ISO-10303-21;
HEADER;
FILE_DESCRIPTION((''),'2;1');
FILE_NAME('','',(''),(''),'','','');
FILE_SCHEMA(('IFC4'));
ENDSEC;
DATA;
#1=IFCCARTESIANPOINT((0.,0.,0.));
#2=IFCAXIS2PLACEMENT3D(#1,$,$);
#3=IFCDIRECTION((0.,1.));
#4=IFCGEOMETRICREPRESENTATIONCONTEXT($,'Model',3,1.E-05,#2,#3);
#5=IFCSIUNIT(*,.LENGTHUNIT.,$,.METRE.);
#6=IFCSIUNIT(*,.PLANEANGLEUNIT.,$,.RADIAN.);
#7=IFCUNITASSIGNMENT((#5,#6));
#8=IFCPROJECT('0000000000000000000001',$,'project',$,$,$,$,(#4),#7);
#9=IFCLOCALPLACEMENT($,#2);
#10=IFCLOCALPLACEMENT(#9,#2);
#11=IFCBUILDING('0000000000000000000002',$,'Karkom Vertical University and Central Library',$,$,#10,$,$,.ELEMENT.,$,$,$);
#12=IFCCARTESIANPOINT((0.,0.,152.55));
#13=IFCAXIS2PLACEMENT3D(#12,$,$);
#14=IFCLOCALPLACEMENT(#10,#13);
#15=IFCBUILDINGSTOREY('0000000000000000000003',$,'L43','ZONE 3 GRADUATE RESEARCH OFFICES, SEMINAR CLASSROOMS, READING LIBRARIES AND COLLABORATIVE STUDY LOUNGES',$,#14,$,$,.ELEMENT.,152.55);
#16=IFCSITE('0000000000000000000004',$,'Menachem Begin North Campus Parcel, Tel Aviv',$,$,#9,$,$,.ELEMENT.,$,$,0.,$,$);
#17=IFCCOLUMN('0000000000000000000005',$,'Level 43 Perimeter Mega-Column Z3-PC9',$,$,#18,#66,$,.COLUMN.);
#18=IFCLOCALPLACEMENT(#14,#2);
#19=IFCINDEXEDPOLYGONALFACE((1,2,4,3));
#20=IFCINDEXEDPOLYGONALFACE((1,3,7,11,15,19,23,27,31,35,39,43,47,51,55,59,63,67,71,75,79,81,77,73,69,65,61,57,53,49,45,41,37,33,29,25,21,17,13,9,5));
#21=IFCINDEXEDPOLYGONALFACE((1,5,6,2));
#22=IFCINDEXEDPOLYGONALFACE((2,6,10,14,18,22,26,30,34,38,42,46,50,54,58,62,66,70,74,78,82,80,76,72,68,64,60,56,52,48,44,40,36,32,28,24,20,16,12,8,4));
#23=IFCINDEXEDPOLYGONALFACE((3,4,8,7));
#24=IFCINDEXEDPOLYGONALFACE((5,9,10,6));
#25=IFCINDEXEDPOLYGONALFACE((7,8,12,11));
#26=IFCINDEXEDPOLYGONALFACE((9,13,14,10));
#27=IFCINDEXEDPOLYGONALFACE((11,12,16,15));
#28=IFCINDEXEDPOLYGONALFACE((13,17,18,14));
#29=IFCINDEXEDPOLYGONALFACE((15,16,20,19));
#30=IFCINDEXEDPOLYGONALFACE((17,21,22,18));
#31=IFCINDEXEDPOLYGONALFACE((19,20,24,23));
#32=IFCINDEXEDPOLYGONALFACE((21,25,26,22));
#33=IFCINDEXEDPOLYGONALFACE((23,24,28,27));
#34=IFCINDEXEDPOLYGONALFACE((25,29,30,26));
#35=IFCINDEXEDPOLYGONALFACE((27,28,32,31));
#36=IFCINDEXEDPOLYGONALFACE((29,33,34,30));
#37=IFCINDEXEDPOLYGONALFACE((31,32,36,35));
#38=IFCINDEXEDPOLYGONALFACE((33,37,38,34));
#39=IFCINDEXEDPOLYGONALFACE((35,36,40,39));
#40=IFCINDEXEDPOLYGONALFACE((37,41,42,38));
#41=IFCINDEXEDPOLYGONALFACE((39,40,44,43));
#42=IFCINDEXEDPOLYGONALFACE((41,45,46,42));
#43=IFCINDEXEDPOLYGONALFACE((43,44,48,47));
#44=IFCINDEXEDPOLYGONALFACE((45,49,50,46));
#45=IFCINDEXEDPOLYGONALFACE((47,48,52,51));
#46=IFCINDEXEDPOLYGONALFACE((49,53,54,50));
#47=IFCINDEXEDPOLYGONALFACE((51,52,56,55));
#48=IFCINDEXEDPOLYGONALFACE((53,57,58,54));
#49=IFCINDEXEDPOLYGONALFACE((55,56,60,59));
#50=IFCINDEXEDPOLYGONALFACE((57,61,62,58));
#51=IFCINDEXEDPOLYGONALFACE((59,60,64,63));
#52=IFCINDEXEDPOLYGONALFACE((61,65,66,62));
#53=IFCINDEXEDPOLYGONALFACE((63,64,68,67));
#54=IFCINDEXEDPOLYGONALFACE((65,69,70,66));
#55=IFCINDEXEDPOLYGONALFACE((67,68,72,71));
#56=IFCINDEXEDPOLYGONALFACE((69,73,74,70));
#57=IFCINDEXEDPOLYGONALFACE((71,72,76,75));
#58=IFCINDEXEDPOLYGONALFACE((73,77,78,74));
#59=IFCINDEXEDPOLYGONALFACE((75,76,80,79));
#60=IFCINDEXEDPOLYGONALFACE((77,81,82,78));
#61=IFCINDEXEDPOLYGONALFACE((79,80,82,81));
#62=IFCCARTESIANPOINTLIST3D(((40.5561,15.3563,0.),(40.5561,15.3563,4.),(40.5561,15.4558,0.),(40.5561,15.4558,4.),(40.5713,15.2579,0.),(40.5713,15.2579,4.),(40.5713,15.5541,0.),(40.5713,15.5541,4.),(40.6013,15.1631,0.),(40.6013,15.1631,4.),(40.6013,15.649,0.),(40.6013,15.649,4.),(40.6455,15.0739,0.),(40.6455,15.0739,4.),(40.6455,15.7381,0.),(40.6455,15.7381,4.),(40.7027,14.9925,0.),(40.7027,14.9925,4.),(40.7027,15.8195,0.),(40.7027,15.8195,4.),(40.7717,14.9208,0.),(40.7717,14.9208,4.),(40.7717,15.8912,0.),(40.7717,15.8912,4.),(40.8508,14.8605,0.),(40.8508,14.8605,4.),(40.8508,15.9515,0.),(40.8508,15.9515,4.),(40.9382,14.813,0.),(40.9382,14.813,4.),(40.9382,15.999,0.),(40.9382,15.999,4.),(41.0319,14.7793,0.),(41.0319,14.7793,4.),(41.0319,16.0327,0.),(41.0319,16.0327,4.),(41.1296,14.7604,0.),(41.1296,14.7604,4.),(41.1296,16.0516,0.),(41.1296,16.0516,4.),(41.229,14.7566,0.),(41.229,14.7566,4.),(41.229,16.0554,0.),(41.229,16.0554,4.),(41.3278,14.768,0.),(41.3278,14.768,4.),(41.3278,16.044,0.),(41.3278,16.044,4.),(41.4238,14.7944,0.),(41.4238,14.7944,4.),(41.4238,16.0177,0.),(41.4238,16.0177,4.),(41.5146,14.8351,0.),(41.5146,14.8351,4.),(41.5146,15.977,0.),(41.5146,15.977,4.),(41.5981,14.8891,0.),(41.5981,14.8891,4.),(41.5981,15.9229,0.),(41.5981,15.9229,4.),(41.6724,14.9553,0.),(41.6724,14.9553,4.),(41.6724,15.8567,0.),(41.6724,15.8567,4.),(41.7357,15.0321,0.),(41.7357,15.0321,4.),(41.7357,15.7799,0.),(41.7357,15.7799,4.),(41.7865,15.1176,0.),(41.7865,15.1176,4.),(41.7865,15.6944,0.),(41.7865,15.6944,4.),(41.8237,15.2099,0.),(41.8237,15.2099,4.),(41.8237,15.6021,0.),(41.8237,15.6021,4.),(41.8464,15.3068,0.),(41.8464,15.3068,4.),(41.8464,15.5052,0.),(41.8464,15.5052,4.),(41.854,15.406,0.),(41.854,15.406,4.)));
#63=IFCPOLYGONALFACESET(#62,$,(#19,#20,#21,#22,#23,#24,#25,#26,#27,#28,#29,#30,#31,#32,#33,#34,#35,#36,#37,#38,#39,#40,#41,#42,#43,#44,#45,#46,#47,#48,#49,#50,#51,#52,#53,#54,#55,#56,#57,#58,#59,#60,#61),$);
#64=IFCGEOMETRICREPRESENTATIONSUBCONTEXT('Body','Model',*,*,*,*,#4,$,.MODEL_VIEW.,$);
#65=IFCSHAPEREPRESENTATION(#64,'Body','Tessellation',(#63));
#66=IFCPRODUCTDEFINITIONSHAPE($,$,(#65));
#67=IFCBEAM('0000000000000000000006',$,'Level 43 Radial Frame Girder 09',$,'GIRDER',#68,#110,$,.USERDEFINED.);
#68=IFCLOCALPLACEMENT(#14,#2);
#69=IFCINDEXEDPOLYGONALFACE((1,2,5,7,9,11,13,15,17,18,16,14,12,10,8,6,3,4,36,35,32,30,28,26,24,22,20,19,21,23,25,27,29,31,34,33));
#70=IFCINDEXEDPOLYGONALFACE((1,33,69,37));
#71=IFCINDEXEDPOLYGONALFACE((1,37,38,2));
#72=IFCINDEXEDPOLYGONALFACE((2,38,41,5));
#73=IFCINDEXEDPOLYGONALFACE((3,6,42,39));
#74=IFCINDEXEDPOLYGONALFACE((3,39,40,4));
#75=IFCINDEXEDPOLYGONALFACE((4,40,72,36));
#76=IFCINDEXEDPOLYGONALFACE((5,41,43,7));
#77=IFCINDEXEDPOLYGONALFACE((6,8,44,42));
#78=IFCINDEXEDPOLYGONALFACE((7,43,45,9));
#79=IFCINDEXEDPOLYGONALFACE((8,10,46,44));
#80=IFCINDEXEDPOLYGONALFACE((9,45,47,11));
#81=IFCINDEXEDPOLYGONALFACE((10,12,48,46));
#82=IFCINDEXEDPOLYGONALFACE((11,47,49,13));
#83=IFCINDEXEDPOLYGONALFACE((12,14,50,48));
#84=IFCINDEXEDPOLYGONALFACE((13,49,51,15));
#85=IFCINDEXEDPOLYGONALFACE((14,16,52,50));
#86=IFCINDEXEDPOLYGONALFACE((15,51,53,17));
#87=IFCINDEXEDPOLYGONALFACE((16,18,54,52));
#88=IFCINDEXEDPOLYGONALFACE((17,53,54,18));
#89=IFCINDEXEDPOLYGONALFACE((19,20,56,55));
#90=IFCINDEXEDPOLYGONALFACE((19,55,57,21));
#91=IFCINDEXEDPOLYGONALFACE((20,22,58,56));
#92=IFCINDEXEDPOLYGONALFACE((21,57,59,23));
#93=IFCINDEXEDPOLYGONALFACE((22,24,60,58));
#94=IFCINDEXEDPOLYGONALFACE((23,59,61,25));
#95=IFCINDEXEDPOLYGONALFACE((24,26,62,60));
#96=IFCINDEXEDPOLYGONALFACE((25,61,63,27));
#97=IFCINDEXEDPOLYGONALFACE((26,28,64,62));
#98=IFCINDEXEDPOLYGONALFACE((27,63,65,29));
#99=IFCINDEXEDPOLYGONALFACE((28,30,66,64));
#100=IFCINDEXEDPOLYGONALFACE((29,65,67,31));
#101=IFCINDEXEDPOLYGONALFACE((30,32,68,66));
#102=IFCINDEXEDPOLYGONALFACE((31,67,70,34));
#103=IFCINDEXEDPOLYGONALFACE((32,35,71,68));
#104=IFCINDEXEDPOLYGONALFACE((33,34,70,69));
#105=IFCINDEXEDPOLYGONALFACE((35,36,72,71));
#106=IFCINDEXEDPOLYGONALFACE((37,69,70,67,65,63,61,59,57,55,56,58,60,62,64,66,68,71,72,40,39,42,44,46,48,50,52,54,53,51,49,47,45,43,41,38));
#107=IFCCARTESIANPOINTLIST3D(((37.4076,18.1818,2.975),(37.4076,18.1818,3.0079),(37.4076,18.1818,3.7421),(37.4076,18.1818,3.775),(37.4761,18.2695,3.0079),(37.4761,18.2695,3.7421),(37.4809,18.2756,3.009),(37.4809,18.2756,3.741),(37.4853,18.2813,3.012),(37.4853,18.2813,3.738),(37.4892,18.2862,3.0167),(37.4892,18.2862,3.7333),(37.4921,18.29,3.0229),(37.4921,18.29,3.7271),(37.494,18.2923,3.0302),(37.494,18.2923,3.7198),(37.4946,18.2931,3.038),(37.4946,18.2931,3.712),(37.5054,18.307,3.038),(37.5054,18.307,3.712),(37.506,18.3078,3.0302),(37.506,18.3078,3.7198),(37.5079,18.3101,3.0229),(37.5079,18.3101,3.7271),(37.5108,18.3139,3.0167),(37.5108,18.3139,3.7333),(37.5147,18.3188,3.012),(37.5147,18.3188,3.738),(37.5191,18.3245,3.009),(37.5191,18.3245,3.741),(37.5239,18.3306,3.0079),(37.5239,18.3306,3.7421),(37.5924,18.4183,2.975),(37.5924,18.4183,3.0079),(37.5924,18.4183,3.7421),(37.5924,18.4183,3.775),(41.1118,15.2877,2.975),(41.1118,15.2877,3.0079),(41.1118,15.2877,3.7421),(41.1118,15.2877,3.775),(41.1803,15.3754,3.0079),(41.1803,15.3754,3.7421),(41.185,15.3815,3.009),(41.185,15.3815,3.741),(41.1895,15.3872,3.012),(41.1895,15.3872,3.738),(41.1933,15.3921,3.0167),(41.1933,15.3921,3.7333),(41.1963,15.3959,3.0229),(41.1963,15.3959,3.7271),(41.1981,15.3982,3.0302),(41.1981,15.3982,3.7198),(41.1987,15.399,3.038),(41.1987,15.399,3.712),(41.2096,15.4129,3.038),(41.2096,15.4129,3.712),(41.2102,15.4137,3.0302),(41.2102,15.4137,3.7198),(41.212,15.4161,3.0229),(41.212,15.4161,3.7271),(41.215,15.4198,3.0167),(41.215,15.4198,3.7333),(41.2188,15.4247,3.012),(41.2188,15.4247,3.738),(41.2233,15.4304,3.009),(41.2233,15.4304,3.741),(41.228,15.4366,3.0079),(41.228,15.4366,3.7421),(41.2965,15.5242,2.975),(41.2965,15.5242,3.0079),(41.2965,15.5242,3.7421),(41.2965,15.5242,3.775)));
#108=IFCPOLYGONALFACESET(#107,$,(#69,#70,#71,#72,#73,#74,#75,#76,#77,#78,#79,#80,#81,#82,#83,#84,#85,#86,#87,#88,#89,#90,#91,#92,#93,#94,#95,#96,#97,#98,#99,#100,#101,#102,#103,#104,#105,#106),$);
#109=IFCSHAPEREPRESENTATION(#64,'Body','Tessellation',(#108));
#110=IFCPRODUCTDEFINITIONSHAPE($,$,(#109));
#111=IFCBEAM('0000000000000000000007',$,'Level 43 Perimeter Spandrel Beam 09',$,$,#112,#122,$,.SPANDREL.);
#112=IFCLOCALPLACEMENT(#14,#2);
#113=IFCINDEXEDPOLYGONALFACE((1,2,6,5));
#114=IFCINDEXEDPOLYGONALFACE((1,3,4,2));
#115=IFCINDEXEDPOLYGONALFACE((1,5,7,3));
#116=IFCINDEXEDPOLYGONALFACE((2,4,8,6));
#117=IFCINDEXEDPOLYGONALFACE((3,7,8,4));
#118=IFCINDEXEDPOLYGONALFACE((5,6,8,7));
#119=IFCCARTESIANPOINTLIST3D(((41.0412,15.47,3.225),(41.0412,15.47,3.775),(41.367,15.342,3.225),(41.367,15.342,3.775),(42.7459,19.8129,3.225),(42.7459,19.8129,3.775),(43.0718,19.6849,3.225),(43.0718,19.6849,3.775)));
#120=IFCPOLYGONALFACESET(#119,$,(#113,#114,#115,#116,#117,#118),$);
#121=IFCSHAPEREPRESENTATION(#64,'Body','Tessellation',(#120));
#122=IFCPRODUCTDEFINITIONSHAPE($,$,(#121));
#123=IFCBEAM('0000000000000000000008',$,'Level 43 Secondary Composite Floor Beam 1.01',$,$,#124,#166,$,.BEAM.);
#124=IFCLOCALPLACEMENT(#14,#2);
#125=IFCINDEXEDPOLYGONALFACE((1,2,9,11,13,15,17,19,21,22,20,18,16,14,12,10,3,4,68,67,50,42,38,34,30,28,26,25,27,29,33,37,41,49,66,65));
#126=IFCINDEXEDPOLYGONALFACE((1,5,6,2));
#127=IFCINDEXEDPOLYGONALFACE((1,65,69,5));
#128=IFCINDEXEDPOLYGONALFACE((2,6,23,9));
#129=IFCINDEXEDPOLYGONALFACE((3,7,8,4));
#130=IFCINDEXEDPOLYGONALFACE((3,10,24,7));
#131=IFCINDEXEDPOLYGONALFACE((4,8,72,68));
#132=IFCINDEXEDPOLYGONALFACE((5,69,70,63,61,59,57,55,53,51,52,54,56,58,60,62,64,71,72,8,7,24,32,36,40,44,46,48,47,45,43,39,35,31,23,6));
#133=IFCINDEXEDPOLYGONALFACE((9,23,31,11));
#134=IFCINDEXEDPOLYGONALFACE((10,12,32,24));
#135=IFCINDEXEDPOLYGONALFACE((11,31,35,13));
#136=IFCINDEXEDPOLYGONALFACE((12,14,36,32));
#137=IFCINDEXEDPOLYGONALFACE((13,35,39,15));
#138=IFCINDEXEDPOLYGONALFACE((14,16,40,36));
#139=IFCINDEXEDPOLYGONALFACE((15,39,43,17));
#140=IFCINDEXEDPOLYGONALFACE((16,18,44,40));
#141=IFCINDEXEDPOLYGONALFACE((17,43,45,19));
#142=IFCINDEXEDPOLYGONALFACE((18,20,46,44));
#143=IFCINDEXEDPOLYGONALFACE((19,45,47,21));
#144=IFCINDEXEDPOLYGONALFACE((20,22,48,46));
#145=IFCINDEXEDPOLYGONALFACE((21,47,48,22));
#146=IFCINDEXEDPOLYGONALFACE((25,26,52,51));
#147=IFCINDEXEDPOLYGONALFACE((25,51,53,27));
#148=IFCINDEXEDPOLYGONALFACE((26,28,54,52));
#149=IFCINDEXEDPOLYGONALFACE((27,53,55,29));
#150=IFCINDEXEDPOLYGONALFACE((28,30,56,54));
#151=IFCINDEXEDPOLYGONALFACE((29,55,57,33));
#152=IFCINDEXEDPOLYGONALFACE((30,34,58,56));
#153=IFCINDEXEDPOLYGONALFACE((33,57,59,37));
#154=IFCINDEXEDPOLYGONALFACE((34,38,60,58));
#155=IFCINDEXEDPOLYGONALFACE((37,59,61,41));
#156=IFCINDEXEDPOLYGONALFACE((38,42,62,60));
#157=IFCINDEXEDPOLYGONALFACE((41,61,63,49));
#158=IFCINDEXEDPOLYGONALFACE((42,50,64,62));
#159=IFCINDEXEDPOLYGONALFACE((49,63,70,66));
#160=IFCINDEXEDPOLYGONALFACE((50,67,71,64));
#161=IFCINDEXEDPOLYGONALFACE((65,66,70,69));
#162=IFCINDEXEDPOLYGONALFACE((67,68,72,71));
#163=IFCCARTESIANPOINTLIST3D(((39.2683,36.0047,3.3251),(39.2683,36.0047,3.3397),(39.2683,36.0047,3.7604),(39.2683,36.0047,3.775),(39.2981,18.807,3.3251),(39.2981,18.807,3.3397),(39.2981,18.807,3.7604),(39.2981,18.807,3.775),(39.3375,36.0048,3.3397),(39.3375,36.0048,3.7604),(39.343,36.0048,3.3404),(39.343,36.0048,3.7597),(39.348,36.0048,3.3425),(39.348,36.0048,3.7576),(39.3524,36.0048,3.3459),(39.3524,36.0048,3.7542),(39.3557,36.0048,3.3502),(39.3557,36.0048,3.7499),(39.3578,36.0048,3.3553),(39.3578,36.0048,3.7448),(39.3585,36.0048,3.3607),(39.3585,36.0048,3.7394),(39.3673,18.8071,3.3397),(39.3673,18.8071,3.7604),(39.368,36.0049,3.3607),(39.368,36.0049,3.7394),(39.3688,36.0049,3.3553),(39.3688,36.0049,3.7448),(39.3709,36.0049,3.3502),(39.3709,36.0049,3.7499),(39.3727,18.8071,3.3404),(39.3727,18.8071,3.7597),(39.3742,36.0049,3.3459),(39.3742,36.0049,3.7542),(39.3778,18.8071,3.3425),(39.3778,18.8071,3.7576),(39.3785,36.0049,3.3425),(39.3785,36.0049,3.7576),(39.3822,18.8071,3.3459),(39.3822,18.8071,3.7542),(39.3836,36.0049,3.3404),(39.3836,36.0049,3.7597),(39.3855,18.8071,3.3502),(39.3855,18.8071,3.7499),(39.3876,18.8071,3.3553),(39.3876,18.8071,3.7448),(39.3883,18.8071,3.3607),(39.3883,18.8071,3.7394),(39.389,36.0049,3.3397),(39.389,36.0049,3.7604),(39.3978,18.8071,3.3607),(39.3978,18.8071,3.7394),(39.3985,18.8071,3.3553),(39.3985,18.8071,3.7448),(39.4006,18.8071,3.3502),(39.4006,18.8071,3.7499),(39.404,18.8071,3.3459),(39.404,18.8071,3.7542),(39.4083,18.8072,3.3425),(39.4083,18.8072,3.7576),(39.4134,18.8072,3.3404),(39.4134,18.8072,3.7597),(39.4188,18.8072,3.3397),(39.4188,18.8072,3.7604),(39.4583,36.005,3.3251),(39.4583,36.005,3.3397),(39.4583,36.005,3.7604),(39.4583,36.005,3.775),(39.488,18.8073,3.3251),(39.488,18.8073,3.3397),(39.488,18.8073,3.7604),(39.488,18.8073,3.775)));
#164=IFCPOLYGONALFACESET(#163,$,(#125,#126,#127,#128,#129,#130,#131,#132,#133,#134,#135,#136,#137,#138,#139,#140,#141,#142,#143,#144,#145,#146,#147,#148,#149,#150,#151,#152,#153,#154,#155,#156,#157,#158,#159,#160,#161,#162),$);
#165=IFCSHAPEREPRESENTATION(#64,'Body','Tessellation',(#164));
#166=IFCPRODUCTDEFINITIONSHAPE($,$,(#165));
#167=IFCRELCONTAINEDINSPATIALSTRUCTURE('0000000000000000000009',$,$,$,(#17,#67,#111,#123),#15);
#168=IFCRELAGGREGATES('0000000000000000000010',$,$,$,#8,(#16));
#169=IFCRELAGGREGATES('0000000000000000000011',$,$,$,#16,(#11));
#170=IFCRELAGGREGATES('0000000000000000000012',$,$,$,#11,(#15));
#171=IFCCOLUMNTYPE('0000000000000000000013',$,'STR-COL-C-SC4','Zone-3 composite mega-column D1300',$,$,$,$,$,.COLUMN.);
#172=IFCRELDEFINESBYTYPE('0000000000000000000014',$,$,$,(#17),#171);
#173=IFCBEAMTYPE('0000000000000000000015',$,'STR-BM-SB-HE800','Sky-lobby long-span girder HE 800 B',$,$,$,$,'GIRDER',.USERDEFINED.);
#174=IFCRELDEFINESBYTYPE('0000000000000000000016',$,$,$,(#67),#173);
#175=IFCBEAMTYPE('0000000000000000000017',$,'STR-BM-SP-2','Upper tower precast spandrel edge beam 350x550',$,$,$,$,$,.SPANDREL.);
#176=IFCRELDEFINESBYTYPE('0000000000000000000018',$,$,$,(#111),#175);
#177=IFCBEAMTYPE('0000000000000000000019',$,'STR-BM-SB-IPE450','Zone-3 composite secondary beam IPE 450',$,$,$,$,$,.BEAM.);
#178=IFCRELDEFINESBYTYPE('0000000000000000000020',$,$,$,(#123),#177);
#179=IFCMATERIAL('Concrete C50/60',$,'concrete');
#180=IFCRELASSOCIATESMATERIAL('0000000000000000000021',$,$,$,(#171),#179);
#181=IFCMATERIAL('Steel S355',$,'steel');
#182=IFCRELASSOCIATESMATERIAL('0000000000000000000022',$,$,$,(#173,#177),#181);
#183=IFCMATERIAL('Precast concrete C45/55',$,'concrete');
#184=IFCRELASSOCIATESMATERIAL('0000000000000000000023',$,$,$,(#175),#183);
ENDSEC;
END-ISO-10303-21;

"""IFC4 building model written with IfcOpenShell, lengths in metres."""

from ifc_helpers import new_model, si_unit, direction, frame, origin, origin_with_axes, origin_2d, place, context, subcontext, project, spatial, rectangle, circle, i_section, extrude, source, transform, mapped, material, material_profile, profile_set, type_object, element, save


model = new_model("IFC4")

# Units and contexts
model_context = context("Model", 3, precision=1e-05, world=origin(), true_north=direction((0.0, 1.0)))
body_context = subcontext(model_context, "Body", "Model", "MODEL_VIEW")
ifc_project = project(units=[si_unit("LENGTHUNIT", "METRE"), si_unit("PLANEANGLEUNIT", "RADIAN")], contexts=[model_context])

# Site, building, storey
site_placement = place(None, origin())
site = spatial("IfcSite", under=ifc_project, at=site_placement, Name="Menachem Begin North Campus Parcel, Tel Aviv", CompositionType="ELEMENT", RefElevation=0.0)
building_placement = place(site_placement, origin())
building = spatial("IfcBuilding", under=site, at=building_placement, Name="Karkom Vertical University and Central Library", CompositionType="ELEMENT")
storey_placement = place(building_placement, frame((0.0, 0.0, 152.55)))
storey = spatial("IfcBuildingStorey", under=building, at=storey_placement, Name="L43", Description="ZONE 3 GRADUATE RESEARCH OFFICES, SEMINAR CLASSROOMS, READING LIBRARIES AND COLLABORATIVE STUDY LOUNGES", CompositionType="ELEMENT", Elevation=152.55)

# Column
ifc_material_1 = material(Name="Concrete C50/60", Category="concrete")
ifc_material_profile_1 = material_profile(ifc_material_1, circle(Radius=0.6499, at=origin_2d()), Name="CFT-D1300")
ifc_profile_set_1 = profile_set([ifc_material_profile_1], Name="Concrete C50/60")
column_type = type_object("IfcColumnType", Name="STR-COL-C-SC4", Description="Zone-3 composite mega-column D1300", PredefinedType="COLUMN", material=ifc_profile_set_1)
shared_shape_1 = source(origin_with_axes(), body_context, "Body", "SweptSolid", [
    extrude(circle(Radius=0.6499, at=origin_2d()), origin(), (0.0, 0.0, 1.0), 4.0),
])
column_placement = place(storey_placement, frame((41.2041, 15.406, 0.0), z_axis=(0.0, 0.0, 1.0), x_axis=(1.0, 0.0, 0.0)))
element("IfcColumn", 1, at=column_placement, inside=storey, type_object=column_type, Name="Level 43 Perimeter Mega-Column Z3-PC9", PredefinedType="COLUMN", context=body_context, shape_type="MappedRepresentation", body=[
    mapped(shared_shape_1, transform((0.0, 0.0, 0.0), scale=1.0)),
])

# Beams
ifc_material_2 = material(Name="Steel S355", Category="steel")
ifc_material_profile_2 = material_profile(ifc_material_2, i_section(OverallWidth=0.3, OverallDepth=0.8, WebThickness=0.0176, FlangeThickness=0.033, FilletRadius=0.03, at=origin_2d()), Name="HE 800 B")
ifc_profile_set_2 = profile_set([ifc_material_profile_2], Name="Steel S355")
beam_type_1 = type_object("IfcBeamType", Name="STR-BM-SB-HE800", Description="Sky-lobby long-span girder HE 800 B", ElementType="GIRDER", PredefinedType="USERDEFINED", material=ifc_profile_set_2)
shared_shape_2 = source(origin_with_axes(), body_context, "Body", "SweptSolid", [
    extrude(i_section(OverallWidth=0.3, OverallDepth=0.8, WebThickness=0.0176, FlangeThickness=0.033, FilletRadius=0.03, at=origin_2d()), origin(), (0.0, 0.0, 1.0), 4.7007),
])
beam_1_placement = place(storey_placement, frame((37.5, 18.3, 3.375), z_axis=(0.788002, -0.615672, 0.0), x_axis=(0.615672, 0.788002, 0.0)))
element("IfcBeam", 2, at=beam_1_placement, inside=storey, type_object=beam_type_1, Name="Level 43 Radial Frame Girder 09", ObjectType="GIRDER", PredefinedType="USERDEFINED", context=body_context, shape_type="MappedRepresentation", body=[
    mapped(shared_shape_2, transform((0.0, 0.0, 0.0), scale=1.0)),
])
ifc_material_3 = material(Name="Precast concrete C45/55", Category="concrete")
ifc_material_profile_3 = material_profile(ifc_material_3, rectangle(XDim=0.3501, YDim=0.55, at=origin_2d()), Name="SPB-350x550")
ifc_profile_set_3 = profile_set([ifc_material_profile_3], Name="Precast concrete C45/55")
beam_type_2 = type_object("IfcBeamType", Name="STR-BM-SP-2", Description="Upper tower precast spandrel edge beam 350x550", PredefinedType="SPANDREL", material=ifc_profile_set_3)
shared_shape_3 = source(origin_with_axes(), body_context, "Body", "SweptSolid", [
    extrude(rectangle(XDim=0.3501, YDim=0.55, at=origin_2d()), origin(), (0.0, 0.0, 1.0), 4.6655),
])
beam_2_placement = place(storey_placement, frame((41.2041, 15.406, 3.5), z_axis=(0.365401, 0.93085, 0.0), x_axis=(-0.93085, 0.365401, 0.0)))
element("IfcBeam", 3, at=beam_2_placement, inside=storey, type_object=beam_type_2, Name="Level 43 Perimeter Spandrel Beam 09", PredefinedType="SPANDREL", context=body_context, shape_type="MappedRepresentation", body=[
    mapped(shared_shape_3, transform((0.0, 0.0, 0.0), scale=1.0)),
])
ifc_material_profile_4 = material_profile(ifc_material_2, i_section(OverallWidth=0.1899, OverallDepth=0.45, WebThickness=0.0095, FlangeThickness=0.0146, FilletRadius=0.021, at=origin_2d()), Name="IPE 450")
ifc_profile_set_4 = profile_set([ifc_material_profile_4], Name="Steel S355")
beam_type_3 = type_object("IfcBeamType", Name="STR-BM-SB-IPE450", Description="Zone-3 composite secondary beam IPE 450", PredefinedType="BEAM", material=ifc_profile_set_4)
shared_shape_4 = source(origin_with_axes(), body_context, "Body", "SweptSolid", [
    extrude(i_section(OverallWidth=0.1899, OverallDepth=0.45, WebThickness=0.0095, FlangeThickness=0.0146, FilletRadius=0.021, at=origin_2d()), origin(), (0.0, 0.0, 1.0), 17.1978),
])
beam_3_placement = place(storey_placement, frame((39.3931, 18.8071, 3.55), z_axis=(-0.001732, 0.999999, 0.0), x_axis=(-0.999999, -0.001732, 0.0)))
element("IfcBeam", 4, at=beam_3_placement, inside=storey, type_object=beam_type_3, Name="Level 43 Secondary Composite Floor Beam 1.01", PredefinedType="BEAM", context=body_context, shape_type="MappedRepresentation", body=[
    mapped(shared_shape_4, transform((0.0, 0.0, 0.0), scale=1.0)),
])

save(model, "model.ifc")
